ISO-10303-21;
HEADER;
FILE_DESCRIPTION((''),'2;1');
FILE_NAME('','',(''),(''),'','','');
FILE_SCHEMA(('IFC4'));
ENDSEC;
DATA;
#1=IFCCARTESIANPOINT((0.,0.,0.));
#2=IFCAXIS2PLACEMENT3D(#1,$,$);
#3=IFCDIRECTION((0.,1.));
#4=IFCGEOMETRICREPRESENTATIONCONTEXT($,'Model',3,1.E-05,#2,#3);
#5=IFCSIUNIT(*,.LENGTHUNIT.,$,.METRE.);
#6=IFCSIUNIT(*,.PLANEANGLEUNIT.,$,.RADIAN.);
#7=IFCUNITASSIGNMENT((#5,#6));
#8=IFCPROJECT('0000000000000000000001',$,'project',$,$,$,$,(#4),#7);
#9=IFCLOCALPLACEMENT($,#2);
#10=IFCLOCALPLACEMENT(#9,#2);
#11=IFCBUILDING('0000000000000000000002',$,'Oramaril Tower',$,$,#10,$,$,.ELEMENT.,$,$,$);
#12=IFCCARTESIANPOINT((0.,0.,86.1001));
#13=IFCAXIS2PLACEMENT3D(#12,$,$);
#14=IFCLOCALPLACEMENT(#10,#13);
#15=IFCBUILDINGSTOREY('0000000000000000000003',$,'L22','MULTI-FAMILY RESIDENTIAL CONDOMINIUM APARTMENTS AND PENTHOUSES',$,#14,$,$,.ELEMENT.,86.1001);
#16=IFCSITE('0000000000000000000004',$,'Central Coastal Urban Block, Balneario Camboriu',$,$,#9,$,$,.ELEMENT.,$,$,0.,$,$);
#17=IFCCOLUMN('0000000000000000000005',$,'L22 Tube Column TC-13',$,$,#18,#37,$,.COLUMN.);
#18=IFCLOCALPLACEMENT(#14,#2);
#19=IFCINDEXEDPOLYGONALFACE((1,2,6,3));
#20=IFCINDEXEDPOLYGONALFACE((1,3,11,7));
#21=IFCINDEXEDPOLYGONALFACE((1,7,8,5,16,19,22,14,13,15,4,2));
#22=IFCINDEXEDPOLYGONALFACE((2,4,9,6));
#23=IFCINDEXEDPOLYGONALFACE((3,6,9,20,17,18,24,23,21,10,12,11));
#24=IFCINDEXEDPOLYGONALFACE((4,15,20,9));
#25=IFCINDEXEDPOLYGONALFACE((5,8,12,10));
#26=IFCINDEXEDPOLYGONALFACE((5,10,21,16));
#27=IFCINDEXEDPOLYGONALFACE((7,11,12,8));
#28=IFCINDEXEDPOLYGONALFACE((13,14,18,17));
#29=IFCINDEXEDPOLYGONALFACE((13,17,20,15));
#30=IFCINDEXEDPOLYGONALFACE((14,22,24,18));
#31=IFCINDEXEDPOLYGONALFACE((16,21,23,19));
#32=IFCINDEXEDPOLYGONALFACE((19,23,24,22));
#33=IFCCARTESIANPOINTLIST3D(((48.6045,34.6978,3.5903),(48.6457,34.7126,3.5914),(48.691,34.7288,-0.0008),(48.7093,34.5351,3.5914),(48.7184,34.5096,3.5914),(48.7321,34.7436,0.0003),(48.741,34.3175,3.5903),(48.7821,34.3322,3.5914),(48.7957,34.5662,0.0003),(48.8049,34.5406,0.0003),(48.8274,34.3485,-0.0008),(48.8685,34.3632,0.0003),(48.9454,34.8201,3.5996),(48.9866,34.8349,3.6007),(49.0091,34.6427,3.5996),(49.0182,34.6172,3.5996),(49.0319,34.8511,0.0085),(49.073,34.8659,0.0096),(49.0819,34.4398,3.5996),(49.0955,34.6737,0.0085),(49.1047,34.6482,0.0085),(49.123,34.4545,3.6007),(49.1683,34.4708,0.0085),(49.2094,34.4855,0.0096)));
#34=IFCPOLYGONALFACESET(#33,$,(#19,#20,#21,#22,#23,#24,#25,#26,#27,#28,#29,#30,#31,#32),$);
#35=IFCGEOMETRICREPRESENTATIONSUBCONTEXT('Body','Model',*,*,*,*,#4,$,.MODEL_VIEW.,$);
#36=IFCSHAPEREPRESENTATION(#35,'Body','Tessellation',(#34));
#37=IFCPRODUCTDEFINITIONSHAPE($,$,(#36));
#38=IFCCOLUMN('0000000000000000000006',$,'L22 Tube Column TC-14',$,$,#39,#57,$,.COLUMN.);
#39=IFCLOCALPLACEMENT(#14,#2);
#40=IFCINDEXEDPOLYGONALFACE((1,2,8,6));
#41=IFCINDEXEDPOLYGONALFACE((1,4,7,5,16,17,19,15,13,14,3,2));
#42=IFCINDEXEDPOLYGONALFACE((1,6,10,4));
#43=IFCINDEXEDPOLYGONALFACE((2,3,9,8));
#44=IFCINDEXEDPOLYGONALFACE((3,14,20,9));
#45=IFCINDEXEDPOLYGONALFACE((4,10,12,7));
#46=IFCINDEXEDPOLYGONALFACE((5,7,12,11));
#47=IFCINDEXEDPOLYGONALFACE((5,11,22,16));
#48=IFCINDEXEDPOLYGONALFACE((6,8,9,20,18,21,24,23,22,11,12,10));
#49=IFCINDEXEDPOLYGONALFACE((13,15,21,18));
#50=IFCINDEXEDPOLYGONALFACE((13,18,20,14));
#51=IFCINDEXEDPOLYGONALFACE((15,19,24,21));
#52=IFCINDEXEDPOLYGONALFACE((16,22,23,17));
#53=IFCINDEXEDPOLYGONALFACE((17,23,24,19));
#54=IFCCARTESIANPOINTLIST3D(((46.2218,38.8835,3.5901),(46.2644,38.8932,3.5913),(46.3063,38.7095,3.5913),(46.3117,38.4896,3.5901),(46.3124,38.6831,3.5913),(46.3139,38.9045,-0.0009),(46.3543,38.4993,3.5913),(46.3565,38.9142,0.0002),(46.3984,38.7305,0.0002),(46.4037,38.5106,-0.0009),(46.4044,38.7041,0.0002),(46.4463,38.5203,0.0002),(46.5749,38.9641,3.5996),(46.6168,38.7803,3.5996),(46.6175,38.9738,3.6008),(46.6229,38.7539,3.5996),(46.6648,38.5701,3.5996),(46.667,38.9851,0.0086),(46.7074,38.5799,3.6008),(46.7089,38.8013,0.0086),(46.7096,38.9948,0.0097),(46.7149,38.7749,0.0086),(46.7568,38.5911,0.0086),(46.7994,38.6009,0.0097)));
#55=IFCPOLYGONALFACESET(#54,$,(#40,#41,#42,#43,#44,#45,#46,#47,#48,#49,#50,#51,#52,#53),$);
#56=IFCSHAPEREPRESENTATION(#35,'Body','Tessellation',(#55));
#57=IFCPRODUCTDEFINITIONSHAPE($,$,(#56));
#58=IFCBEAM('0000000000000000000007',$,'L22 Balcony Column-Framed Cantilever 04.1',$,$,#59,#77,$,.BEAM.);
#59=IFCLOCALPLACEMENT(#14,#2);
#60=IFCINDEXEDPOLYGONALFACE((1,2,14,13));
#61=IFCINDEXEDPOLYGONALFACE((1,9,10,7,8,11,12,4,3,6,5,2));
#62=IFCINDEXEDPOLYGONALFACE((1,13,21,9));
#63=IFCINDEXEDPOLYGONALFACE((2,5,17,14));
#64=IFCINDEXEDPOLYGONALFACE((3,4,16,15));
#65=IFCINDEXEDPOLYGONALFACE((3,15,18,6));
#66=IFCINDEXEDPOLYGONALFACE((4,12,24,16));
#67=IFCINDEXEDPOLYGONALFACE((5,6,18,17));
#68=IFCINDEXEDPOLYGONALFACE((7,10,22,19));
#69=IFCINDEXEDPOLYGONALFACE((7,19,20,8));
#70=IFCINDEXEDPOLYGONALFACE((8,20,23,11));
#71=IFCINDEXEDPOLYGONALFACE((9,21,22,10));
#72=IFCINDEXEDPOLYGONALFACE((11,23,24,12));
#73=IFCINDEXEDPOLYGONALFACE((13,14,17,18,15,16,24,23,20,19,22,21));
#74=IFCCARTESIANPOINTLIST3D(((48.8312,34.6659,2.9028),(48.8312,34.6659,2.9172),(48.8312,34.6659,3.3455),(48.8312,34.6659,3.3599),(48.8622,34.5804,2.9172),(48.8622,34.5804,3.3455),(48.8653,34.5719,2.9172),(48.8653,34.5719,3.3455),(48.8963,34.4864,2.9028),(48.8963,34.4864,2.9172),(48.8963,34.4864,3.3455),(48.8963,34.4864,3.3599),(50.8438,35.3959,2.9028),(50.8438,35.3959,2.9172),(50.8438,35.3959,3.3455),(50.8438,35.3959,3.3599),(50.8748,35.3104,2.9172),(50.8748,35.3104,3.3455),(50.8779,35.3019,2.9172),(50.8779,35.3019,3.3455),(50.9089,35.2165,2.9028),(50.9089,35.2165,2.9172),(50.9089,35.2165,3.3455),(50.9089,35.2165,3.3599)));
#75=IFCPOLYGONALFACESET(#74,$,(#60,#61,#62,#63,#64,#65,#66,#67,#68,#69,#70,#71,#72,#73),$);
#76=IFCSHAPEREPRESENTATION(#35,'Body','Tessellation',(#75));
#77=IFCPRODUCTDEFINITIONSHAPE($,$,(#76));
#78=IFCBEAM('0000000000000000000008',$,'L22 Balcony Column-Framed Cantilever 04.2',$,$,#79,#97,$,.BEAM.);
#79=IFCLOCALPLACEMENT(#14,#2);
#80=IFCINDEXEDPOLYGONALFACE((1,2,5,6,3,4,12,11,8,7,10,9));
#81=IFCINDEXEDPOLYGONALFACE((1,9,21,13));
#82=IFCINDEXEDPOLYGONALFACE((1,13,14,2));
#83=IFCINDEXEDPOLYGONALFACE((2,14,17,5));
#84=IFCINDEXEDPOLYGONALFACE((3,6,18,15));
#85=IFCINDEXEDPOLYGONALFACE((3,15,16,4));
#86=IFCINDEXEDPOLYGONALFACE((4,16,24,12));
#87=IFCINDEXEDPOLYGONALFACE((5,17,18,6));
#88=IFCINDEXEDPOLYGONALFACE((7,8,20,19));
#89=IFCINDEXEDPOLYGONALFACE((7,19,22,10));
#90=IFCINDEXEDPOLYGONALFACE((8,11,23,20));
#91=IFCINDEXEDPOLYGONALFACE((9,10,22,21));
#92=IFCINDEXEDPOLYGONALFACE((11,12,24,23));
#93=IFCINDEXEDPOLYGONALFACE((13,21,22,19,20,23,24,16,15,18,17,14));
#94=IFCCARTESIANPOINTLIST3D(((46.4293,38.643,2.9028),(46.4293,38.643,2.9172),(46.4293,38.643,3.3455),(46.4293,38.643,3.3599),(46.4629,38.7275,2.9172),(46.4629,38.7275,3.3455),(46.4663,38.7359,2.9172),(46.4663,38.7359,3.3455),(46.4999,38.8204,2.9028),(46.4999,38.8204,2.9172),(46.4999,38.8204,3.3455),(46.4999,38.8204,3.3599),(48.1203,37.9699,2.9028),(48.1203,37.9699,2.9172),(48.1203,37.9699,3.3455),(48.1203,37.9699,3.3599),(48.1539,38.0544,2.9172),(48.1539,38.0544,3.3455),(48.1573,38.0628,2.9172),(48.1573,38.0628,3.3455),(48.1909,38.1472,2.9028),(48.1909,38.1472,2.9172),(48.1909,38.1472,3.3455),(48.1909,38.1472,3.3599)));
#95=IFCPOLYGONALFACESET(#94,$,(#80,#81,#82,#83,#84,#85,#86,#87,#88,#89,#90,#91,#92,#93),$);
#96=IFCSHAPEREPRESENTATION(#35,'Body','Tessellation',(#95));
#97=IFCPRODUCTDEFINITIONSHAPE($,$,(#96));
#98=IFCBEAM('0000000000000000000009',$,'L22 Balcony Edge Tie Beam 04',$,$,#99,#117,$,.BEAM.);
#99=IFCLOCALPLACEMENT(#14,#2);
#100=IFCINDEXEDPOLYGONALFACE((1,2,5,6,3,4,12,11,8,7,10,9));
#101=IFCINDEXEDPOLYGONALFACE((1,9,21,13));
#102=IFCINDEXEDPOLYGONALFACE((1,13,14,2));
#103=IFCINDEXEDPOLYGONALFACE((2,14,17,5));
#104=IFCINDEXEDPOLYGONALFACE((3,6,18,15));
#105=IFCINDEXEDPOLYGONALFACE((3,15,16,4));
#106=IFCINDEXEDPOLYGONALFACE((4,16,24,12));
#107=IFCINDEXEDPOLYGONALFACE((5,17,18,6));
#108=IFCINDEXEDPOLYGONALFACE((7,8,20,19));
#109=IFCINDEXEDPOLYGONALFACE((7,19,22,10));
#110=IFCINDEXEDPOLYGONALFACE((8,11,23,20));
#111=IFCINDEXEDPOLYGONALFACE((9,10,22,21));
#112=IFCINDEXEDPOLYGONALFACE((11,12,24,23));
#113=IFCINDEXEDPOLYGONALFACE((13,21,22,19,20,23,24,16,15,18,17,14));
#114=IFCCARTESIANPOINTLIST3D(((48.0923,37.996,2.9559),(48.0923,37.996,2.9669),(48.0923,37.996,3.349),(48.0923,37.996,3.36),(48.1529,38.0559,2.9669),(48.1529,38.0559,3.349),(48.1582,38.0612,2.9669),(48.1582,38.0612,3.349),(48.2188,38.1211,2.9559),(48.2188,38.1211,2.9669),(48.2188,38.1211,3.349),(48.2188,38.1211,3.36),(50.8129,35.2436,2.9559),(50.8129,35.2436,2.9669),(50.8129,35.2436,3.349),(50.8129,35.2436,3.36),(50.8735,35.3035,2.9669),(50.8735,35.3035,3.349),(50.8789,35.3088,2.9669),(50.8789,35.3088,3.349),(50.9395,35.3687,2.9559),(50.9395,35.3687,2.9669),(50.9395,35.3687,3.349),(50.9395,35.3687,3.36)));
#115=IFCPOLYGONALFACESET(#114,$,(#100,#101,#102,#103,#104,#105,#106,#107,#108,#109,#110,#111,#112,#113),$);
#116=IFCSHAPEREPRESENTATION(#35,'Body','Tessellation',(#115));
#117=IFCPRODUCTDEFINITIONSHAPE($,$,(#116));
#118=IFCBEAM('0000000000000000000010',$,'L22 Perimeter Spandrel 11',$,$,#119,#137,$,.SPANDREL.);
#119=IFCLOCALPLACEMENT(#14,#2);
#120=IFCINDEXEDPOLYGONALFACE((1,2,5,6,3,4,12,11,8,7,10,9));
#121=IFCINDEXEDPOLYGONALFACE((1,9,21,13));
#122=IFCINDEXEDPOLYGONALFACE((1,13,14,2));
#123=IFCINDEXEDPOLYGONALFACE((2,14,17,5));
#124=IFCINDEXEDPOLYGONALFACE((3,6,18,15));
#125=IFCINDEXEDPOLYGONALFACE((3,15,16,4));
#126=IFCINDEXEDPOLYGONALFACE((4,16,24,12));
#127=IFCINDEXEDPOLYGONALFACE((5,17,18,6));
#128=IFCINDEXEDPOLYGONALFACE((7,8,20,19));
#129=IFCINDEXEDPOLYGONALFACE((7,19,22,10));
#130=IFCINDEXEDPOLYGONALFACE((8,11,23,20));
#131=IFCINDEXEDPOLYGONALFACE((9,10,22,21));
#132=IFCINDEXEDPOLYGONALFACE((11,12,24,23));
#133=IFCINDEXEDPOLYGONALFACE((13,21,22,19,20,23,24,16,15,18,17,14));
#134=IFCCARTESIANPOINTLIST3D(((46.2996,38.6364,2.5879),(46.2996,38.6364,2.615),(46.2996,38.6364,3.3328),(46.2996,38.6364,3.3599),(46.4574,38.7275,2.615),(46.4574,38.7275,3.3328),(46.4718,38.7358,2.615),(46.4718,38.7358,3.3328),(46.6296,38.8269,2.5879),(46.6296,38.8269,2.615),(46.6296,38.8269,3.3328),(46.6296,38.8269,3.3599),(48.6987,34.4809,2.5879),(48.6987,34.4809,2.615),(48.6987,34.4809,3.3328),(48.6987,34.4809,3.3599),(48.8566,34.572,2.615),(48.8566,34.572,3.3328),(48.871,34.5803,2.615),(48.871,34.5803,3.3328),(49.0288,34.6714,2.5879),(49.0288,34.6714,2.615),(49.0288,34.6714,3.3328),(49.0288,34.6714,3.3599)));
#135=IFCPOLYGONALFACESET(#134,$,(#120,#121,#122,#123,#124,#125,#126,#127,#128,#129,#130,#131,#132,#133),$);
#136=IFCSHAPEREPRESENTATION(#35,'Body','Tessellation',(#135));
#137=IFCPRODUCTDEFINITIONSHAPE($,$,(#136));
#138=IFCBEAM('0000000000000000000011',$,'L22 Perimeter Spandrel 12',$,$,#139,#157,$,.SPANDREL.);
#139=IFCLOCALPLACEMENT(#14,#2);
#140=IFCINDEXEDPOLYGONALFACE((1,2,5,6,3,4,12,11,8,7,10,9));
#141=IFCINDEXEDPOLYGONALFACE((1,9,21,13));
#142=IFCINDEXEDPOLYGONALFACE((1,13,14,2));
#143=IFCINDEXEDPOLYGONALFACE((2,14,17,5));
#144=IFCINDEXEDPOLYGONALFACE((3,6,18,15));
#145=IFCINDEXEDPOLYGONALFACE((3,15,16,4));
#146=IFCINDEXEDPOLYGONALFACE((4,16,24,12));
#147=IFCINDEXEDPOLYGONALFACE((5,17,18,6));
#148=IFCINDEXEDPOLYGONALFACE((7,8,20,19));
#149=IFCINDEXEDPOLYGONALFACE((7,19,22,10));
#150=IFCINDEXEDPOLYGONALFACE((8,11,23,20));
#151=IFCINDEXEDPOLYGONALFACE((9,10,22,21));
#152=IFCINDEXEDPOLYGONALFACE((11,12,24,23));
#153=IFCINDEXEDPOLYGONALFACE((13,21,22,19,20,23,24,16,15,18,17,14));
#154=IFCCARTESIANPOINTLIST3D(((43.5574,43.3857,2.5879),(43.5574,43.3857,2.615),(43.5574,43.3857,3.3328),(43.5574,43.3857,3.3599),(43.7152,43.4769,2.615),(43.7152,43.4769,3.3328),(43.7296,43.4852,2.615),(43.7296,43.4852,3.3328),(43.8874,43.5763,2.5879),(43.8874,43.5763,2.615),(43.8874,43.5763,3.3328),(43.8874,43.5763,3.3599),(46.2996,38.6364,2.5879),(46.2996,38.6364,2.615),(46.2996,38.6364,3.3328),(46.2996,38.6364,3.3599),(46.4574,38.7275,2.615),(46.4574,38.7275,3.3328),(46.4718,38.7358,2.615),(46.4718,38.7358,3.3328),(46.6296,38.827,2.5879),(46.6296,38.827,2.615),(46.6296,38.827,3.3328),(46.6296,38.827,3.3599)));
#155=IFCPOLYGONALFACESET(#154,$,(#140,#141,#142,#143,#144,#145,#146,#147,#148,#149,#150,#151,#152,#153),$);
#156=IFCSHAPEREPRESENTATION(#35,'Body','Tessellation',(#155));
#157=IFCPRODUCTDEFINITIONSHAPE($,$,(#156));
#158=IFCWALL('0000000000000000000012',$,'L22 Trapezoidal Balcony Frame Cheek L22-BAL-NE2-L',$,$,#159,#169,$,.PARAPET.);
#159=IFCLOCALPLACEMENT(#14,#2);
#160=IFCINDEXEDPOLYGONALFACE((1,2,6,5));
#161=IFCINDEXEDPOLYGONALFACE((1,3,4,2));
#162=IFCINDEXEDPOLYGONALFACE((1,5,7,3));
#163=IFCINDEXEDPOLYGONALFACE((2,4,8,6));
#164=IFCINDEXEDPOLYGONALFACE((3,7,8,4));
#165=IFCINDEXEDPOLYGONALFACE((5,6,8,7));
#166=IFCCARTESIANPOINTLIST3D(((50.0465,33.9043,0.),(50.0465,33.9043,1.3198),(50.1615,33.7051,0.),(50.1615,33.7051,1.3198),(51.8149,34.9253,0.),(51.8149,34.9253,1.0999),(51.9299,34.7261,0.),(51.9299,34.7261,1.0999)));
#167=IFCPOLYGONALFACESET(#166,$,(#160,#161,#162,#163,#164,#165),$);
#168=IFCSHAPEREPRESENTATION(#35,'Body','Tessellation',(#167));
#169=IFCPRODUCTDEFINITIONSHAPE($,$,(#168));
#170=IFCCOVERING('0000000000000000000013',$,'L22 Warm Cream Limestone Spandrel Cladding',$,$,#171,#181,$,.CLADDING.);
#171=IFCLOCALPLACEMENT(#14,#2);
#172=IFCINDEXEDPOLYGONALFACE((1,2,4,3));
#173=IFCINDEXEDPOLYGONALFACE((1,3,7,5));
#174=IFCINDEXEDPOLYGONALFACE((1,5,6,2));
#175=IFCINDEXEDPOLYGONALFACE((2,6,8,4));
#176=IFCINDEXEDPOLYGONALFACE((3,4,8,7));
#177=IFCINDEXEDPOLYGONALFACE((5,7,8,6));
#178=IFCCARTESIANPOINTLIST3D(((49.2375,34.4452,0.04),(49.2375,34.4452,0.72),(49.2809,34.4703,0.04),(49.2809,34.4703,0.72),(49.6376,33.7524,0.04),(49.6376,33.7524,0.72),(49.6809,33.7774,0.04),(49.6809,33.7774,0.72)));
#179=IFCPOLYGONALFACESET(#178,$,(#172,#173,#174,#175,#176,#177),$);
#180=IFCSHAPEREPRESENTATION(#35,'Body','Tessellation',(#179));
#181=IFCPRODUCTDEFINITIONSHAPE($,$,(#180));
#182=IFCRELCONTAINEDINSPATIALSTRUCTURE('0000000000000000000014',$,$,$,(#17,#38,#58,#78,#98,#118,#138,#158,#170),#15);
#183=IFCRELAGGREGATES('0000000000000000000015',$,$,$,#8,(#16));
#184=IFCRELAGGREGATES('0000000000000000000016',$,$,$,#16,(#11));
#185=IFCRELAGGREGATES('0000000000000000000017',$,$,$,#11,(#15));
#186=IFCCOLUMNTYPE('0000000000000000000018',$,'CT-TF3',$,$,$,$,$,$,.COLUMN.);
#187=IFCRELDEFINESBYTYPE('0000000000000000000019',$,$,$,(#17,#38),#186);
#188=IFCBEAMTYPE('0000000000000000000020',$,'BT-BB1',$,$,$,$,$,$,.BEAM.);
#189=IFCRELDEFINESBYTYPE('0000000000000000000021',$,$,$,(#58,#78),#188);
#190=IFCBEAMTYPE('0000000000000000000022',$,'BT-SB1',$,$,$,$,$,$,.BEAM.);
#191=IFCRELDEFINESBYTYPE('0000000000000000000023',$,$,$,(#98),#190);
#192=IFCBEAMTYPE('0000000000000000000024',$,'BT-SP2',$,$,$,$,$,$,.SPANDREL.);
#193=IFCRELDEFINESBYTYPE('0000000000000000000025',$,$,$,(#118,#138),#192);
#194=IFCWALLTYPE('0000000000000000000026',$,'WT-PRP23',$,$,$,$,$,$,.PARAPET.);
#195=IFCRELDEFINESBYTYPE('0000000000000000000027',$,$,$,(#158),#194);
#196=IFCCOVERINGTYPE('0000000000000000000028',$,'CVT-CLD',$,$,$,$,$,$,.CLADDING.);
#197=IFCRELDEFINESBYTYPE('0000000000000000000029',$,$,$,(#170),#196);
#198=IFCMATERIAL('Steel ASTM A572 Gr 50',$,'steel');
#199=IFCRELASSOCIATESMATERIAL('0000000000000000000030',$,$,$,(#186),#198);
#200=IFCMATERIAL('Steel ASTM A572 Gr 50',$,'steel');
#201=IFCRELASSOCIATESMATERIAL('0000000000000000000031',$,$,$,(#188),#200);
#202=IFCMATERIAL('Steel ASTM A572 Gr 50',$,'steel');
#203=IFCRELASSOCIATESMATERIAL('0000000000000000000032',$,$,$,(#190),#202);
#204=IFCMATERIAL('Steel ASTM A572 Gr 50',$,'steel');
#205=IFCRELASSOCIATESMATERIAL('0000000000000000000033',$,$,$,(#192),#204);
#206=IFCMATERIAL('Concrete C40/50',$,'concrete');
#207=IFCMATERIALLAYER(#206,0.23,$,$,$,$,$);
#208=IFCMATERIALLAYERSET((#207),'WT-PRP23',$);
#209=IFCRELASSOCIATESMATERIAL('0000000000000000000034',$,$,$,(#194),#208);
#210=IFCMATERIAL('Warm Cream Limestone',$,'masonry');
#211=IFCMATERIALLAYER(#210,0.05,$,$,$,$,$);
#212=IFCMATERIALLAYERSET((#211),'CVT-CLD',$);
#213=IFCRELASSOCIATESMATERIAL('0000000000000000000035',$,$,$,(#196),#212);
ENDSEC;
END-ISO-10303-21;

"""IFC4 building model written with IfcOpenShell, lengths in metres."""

from ifc_helpers import new_model, si_unit, direction, frame, origin, origin_2d, place, context, subcontext, project, spatial, polyline, rectangle, i_section, outline, extrude, material, layer, layer_set, material_profile, profile_set, type_object, element, save


model = new_model("IFC4")

# Units and contexts
model_context = context("Model", 3, precision=1e-05, world=origin(), true_north=direction((0.0, 1.0)))
body_context = subcontext(model_context, "Body", "Model", "MODEL_VIEW")
ifc_project = project(units=[si_unit("LENGTHUNIT", "METRE"), si_unit("PLANEANGLEUNIT", "RADIAN")], contexts=[model_context])

# Site, building, storey
site_placement = place(None, origin())
site = spatial("IfcSite", under=ifc_project, at=site_placement, Name="Central Coastal Urban Block, Balneario Camboriu", CompositionType="ELEMENT", RefElevation=0.0)
building_placement = place(site_placement, origin())
building = spatial("IfcBuilding", under=site, at=building_placement, Name="Oramaril Tower", CompositionType="ELEMENT")
storey_placement = place(building_placement, frame((0.0, 0.0, 86.1001)))
storey = spatial("IfcBuildingStorey", under=building, at=storey_placement, Name="L22", Description="MULTI-FAMILY RESIDENTIAL CONDOMINIUM APARTMENTS AND PENTHOUSES", CompositionType="ELEMENT", Elevation=86.1001)

# Columns
ifc_material_1 = material(Name="Steel ASTM A572 Gr 50", Category="steel")
ifc_material_profile_1 = material_profile(ifc_material_1, i_section(OverallWidth=0.4041, OverallDepth=0.406, WebThickness=0.0271, FlangeThickness=0.0437, at=origin_2d()), Name="W14X233")
ifc_profile_set_1 = profile_set([ifc_material_profile_1], Name="Steel ASTM A572 Gr 50")
column_type = type_object("IfcColumnType", Name="CT-TF3", PredefinedType="COLUMN", material=ifc_profile_set_1)
for number, where, z_axis, x_axis, name in (
    (1, (48.9502, 34.6072, 0.0044), (-0.024059, -0.008631, 0.999673), (0.337684, -0.94126, 0.0), "L22 Tube Column TC-13"),
    (2, (46.5566, 38.7527, 0.0044), (-0.025622, -0.005845, 0.999655), (0.222403, -0.974955, 0.0), "L22 Tube Column TC-14"),
):
    element("IfcColumn", number, at=place(storey_placement, frame(where, z_axis=z_axis, x_axis=x_axis)), inside=storey, type_object=column_type, Name=name, PredefinedType="COLUMN", context=body_context, shape_type="SweptSolid", body=[
        extrude(i_section(OverallWidth=0.4041, OverallDepth=0.406, WebThickness=0.0271, FlangeThickness=0.0437, at=origin_2d()), origin(), (0.0, 0.0, 1.0), 3.5923),
    ])

# Beams
ifc_material_2 = material(Name="Steel ASTM A572 Gr 50", Category="steel")
ifc_material_profile_2 = material_profile(ifc_material_2, i_section(OverallWidth=0.1909, OverallDepth=0.457, WebThickness=0.009, FlangeThickness=0.0144, at=origin_2d()), Name="W18X50")
ifc_profile_set_2 = profile_set([ifc_material_profile_2], Name="Steel ASTM A572 Gr 50")
beam_type_1 = type_object("IfcBeamType", Name="BT-BB1", PredefinedType="BEAM", material=ifc_profile_set_2)
beam_1_placement = place(storey_placement, frame((48.8638, 34.5762, 3.1313), z_axis=(0.940066, 0.340992, 0.0), x_axis=(-0.340992, 0.940066, 0.0)))
element("IfcBeam", 3, at=beam_1_placement, inside=storey, type_object=beam_type_1, Name="L22 Balcony Column-Framed Cantilever 04.1", PredefinedType="BEAM", context=body_context, shape_type="SweptSolid", body=[
    extrude(i_section(OverallWidth=0.1909, OverallDepth=0.457, WebThickness=0.009, FlangeThickness=0.0144, at=origin_2d()), origin(), (0.0, 0.0, 1.0), 2.1409),
])
beam_2_placement = place(storey_placement, frame((46.4646, 38.7317, 3.1313), z_axis=(0.929095, -0.369841, 0.0), x_axis=(0.369841, 0.929095, 0.0)))
element("IfcBeam", 4, at=beam_2_placement, inside=storey, type_object=beam_type_1, Name="L22 Balcony Column-Framed Cantilever 04.2", PredefinedType="BEAM", context=body_context, shape_type="SweptSolid", body=[
    extrude(i_section(OverallWidth=0.1909, OverallDepth=0.457, WebThickness=0.009, FlangeThickness=0.0144, at=origin_2d()), origin(), (0.0, 0.0, 1.0), 1.8201),
])
ifc_material_3 = material(Name="Steel ASTM A572 Gr 50", Category="steel")
ifc_material_profile_3 = material_profile(ifc_material_3, i_section(OverallWidth=0.178, OverallDepth=0.4041, WebThickness=0.0076, FlangeThickness=0.011, at=origin_2d()), Name="W16X36")
ifc_profile_set_3 = profile_set([ifc_material_profile_3], Name="Steel ASTM A572 Gr 50")
beam_type_2 = type_object("IfcBeamType", Name="BT-SB1", PredefinedType="BEAM", material=ifc_profile_set_3)
beam_3_placement = place(storey_placement, frame((50.8762, 35.3062, 3.158), z_axis=(-0.702995, 0.711195, 0.0), x_axis=(-0.711195, -0.702995, 0.0)))
element("IfcBeam", 5, at=beam_3_placement, inside=storey, type_object=beam_type_2, Name="L22 Balcony Edge Tie Beam 04", PredefinedType="BEAM", context=body_context, shape_type="SweptSolid", body=[
    extrude(i_section(OverallWidth=0.178, OverallDepth=0.4041, WebThickness=0.0076, FlangeThickness=0.011, at=origin_2d()), origin(), (0.0, 0.0, 1.0), 3.8701),
])
ifc_material_4 = material(Name="Steel ASTM A572 Gr 50", Category="steel")
ifc_material_profile_4 = material_profile(ifc_material_4, i_section(OverallWidth=0.3811, OverallDepth=0.772, WebThickness=0.0166, FlangeThickness=0.0271, at=origin_2d()), Name="W30X173")
ifc_profile_set_4 = profile_set([ifc_material_profile_4], Name="Steel ASTM A572 Gr 50")
beam_type_3 = type_object("IfcBeamType", Name="BT-SP2", PredefinedType="SPANDREL", material=ifc_profile_set_4)
beam_4_placement = place(storey_placement, frame((48.8638, 34.5762, 2.9739), z_axis=(-0.499997, 0.866027, 0.0), x_axis=(-0.866027, -0.499997, 0.0)))
element("IfcBeam", 6, at=beam_4_placement, inside=storey, type_object=beam_type_3, Name="L22 Perimeter Spandrel 11", PredefinedType="SPANDREL", context=body_context, shape_type="SweptSolid", body=[
    extrude(i_section(OverallWidth=0.3811, OverallDepth=0.772, WebThickness=0.0166, FlangeThickness=0.0271, at=origin_2d()), origin(), (0.0, 0.0, 1.0), 4.7983),
])
beam_5_placement = place(storey_placement, frame((46.4646, 38.7317, 2.9739), z_axis=(-0.500027, 0.86601, 0.0), x_axis=(-0.86601, -0.500027, 0.0)))
element("IfcBeam", 7, at=beam_5_placement, inside=storey, type_object=beam_type_3, Name="L22 Perimeter Spandrel 12", PredefinedType="SPANDREL", context=body_context, shape_type="SweptSolid", body=[
    extrude(i_section(OverallWidth=0.3811, OverallDepth=0.772, WebThickness=0.0166, FlangeThickness=0.0271, at=origin_2d()), origin(), (0.0, 0.0, 1.0), 5.4841),
])

# Wall
ifc_material_5 = material(Name="Concrete C40/50", Category="concrete")
ifc_layer_1 = layer(ifc_material_5, 0.23)
ifc_layer_set_1 = layer_set([ifc_layer_1], Name="WT-PRP23")
wall_type = type_object("IfcWallType", Name="WT-PRP23", PredefinedType="PARAPET", material=ifc_layer_set_1)
wall_placement = place(storey_placement, frame((50.104, 33.8047, 0.0), z_axis=(0.0, 0.0, 1.0), x_axis=(0.866012, 0.500023, 0.0)))
element("IfcWall", 8, at=wall_placement, inside=storey, type_object=wall_type, Name="L22 Trapezoidal Balcony Frame Cheek L22-BAL-NE2-L", PredefinedType="PARAPET", context=body_context, shape_type="SweptSolid", body=[
    extrude(outline(polyline([(0.0, 0.0), (2.042, 0.0), (2.042, 1.0999), (0.0, 1.3198), (0.0, 0.0)])), frame((0.0, 0.115, 0.0), z_axis=(0.0, -1.0, 0.0), x_axis=(1.0, 0.0, 0.0)), (0.0, 0.0, 1.0), 0.23),
])

# Covering
ifc_material_6 = material(Name="Warm Cream Limestone", Category="masonry")
ifc_layer_2 = layer(ifc_material_6, 0.05)
ifc_layer_set_2 = layer_set([ifc_layer_2], Name="CVT-CLD")
covering_type = type_object("IfcCoveringType", Name="CVT-CLD", PredefinedType="CLADDING", material=ifc_layer_set_2)
covering_placement = place(storey_placement, frame((49.4592, 34.1113, 0.04), z_axis=(0.0, 0.0, 1.0), x_axis=(-0.5, 0.866025, 0.0)))
element("IfcCovering", 9, at=covering_placement, inside=storey, type_object=covering_type, Name="L22 Warm Cream Limestone Spandrel Cladding", PredefinedType="CLADDING", context=body_context, shape_type="SweptSolid", body=[
    extrude(rectangle(XDim=0.8, YDim=0.05, at=origin_2d()), origin(), (0.0, 0.0, 1.0), 0.6799),
])

save(model, "model.ifc")
